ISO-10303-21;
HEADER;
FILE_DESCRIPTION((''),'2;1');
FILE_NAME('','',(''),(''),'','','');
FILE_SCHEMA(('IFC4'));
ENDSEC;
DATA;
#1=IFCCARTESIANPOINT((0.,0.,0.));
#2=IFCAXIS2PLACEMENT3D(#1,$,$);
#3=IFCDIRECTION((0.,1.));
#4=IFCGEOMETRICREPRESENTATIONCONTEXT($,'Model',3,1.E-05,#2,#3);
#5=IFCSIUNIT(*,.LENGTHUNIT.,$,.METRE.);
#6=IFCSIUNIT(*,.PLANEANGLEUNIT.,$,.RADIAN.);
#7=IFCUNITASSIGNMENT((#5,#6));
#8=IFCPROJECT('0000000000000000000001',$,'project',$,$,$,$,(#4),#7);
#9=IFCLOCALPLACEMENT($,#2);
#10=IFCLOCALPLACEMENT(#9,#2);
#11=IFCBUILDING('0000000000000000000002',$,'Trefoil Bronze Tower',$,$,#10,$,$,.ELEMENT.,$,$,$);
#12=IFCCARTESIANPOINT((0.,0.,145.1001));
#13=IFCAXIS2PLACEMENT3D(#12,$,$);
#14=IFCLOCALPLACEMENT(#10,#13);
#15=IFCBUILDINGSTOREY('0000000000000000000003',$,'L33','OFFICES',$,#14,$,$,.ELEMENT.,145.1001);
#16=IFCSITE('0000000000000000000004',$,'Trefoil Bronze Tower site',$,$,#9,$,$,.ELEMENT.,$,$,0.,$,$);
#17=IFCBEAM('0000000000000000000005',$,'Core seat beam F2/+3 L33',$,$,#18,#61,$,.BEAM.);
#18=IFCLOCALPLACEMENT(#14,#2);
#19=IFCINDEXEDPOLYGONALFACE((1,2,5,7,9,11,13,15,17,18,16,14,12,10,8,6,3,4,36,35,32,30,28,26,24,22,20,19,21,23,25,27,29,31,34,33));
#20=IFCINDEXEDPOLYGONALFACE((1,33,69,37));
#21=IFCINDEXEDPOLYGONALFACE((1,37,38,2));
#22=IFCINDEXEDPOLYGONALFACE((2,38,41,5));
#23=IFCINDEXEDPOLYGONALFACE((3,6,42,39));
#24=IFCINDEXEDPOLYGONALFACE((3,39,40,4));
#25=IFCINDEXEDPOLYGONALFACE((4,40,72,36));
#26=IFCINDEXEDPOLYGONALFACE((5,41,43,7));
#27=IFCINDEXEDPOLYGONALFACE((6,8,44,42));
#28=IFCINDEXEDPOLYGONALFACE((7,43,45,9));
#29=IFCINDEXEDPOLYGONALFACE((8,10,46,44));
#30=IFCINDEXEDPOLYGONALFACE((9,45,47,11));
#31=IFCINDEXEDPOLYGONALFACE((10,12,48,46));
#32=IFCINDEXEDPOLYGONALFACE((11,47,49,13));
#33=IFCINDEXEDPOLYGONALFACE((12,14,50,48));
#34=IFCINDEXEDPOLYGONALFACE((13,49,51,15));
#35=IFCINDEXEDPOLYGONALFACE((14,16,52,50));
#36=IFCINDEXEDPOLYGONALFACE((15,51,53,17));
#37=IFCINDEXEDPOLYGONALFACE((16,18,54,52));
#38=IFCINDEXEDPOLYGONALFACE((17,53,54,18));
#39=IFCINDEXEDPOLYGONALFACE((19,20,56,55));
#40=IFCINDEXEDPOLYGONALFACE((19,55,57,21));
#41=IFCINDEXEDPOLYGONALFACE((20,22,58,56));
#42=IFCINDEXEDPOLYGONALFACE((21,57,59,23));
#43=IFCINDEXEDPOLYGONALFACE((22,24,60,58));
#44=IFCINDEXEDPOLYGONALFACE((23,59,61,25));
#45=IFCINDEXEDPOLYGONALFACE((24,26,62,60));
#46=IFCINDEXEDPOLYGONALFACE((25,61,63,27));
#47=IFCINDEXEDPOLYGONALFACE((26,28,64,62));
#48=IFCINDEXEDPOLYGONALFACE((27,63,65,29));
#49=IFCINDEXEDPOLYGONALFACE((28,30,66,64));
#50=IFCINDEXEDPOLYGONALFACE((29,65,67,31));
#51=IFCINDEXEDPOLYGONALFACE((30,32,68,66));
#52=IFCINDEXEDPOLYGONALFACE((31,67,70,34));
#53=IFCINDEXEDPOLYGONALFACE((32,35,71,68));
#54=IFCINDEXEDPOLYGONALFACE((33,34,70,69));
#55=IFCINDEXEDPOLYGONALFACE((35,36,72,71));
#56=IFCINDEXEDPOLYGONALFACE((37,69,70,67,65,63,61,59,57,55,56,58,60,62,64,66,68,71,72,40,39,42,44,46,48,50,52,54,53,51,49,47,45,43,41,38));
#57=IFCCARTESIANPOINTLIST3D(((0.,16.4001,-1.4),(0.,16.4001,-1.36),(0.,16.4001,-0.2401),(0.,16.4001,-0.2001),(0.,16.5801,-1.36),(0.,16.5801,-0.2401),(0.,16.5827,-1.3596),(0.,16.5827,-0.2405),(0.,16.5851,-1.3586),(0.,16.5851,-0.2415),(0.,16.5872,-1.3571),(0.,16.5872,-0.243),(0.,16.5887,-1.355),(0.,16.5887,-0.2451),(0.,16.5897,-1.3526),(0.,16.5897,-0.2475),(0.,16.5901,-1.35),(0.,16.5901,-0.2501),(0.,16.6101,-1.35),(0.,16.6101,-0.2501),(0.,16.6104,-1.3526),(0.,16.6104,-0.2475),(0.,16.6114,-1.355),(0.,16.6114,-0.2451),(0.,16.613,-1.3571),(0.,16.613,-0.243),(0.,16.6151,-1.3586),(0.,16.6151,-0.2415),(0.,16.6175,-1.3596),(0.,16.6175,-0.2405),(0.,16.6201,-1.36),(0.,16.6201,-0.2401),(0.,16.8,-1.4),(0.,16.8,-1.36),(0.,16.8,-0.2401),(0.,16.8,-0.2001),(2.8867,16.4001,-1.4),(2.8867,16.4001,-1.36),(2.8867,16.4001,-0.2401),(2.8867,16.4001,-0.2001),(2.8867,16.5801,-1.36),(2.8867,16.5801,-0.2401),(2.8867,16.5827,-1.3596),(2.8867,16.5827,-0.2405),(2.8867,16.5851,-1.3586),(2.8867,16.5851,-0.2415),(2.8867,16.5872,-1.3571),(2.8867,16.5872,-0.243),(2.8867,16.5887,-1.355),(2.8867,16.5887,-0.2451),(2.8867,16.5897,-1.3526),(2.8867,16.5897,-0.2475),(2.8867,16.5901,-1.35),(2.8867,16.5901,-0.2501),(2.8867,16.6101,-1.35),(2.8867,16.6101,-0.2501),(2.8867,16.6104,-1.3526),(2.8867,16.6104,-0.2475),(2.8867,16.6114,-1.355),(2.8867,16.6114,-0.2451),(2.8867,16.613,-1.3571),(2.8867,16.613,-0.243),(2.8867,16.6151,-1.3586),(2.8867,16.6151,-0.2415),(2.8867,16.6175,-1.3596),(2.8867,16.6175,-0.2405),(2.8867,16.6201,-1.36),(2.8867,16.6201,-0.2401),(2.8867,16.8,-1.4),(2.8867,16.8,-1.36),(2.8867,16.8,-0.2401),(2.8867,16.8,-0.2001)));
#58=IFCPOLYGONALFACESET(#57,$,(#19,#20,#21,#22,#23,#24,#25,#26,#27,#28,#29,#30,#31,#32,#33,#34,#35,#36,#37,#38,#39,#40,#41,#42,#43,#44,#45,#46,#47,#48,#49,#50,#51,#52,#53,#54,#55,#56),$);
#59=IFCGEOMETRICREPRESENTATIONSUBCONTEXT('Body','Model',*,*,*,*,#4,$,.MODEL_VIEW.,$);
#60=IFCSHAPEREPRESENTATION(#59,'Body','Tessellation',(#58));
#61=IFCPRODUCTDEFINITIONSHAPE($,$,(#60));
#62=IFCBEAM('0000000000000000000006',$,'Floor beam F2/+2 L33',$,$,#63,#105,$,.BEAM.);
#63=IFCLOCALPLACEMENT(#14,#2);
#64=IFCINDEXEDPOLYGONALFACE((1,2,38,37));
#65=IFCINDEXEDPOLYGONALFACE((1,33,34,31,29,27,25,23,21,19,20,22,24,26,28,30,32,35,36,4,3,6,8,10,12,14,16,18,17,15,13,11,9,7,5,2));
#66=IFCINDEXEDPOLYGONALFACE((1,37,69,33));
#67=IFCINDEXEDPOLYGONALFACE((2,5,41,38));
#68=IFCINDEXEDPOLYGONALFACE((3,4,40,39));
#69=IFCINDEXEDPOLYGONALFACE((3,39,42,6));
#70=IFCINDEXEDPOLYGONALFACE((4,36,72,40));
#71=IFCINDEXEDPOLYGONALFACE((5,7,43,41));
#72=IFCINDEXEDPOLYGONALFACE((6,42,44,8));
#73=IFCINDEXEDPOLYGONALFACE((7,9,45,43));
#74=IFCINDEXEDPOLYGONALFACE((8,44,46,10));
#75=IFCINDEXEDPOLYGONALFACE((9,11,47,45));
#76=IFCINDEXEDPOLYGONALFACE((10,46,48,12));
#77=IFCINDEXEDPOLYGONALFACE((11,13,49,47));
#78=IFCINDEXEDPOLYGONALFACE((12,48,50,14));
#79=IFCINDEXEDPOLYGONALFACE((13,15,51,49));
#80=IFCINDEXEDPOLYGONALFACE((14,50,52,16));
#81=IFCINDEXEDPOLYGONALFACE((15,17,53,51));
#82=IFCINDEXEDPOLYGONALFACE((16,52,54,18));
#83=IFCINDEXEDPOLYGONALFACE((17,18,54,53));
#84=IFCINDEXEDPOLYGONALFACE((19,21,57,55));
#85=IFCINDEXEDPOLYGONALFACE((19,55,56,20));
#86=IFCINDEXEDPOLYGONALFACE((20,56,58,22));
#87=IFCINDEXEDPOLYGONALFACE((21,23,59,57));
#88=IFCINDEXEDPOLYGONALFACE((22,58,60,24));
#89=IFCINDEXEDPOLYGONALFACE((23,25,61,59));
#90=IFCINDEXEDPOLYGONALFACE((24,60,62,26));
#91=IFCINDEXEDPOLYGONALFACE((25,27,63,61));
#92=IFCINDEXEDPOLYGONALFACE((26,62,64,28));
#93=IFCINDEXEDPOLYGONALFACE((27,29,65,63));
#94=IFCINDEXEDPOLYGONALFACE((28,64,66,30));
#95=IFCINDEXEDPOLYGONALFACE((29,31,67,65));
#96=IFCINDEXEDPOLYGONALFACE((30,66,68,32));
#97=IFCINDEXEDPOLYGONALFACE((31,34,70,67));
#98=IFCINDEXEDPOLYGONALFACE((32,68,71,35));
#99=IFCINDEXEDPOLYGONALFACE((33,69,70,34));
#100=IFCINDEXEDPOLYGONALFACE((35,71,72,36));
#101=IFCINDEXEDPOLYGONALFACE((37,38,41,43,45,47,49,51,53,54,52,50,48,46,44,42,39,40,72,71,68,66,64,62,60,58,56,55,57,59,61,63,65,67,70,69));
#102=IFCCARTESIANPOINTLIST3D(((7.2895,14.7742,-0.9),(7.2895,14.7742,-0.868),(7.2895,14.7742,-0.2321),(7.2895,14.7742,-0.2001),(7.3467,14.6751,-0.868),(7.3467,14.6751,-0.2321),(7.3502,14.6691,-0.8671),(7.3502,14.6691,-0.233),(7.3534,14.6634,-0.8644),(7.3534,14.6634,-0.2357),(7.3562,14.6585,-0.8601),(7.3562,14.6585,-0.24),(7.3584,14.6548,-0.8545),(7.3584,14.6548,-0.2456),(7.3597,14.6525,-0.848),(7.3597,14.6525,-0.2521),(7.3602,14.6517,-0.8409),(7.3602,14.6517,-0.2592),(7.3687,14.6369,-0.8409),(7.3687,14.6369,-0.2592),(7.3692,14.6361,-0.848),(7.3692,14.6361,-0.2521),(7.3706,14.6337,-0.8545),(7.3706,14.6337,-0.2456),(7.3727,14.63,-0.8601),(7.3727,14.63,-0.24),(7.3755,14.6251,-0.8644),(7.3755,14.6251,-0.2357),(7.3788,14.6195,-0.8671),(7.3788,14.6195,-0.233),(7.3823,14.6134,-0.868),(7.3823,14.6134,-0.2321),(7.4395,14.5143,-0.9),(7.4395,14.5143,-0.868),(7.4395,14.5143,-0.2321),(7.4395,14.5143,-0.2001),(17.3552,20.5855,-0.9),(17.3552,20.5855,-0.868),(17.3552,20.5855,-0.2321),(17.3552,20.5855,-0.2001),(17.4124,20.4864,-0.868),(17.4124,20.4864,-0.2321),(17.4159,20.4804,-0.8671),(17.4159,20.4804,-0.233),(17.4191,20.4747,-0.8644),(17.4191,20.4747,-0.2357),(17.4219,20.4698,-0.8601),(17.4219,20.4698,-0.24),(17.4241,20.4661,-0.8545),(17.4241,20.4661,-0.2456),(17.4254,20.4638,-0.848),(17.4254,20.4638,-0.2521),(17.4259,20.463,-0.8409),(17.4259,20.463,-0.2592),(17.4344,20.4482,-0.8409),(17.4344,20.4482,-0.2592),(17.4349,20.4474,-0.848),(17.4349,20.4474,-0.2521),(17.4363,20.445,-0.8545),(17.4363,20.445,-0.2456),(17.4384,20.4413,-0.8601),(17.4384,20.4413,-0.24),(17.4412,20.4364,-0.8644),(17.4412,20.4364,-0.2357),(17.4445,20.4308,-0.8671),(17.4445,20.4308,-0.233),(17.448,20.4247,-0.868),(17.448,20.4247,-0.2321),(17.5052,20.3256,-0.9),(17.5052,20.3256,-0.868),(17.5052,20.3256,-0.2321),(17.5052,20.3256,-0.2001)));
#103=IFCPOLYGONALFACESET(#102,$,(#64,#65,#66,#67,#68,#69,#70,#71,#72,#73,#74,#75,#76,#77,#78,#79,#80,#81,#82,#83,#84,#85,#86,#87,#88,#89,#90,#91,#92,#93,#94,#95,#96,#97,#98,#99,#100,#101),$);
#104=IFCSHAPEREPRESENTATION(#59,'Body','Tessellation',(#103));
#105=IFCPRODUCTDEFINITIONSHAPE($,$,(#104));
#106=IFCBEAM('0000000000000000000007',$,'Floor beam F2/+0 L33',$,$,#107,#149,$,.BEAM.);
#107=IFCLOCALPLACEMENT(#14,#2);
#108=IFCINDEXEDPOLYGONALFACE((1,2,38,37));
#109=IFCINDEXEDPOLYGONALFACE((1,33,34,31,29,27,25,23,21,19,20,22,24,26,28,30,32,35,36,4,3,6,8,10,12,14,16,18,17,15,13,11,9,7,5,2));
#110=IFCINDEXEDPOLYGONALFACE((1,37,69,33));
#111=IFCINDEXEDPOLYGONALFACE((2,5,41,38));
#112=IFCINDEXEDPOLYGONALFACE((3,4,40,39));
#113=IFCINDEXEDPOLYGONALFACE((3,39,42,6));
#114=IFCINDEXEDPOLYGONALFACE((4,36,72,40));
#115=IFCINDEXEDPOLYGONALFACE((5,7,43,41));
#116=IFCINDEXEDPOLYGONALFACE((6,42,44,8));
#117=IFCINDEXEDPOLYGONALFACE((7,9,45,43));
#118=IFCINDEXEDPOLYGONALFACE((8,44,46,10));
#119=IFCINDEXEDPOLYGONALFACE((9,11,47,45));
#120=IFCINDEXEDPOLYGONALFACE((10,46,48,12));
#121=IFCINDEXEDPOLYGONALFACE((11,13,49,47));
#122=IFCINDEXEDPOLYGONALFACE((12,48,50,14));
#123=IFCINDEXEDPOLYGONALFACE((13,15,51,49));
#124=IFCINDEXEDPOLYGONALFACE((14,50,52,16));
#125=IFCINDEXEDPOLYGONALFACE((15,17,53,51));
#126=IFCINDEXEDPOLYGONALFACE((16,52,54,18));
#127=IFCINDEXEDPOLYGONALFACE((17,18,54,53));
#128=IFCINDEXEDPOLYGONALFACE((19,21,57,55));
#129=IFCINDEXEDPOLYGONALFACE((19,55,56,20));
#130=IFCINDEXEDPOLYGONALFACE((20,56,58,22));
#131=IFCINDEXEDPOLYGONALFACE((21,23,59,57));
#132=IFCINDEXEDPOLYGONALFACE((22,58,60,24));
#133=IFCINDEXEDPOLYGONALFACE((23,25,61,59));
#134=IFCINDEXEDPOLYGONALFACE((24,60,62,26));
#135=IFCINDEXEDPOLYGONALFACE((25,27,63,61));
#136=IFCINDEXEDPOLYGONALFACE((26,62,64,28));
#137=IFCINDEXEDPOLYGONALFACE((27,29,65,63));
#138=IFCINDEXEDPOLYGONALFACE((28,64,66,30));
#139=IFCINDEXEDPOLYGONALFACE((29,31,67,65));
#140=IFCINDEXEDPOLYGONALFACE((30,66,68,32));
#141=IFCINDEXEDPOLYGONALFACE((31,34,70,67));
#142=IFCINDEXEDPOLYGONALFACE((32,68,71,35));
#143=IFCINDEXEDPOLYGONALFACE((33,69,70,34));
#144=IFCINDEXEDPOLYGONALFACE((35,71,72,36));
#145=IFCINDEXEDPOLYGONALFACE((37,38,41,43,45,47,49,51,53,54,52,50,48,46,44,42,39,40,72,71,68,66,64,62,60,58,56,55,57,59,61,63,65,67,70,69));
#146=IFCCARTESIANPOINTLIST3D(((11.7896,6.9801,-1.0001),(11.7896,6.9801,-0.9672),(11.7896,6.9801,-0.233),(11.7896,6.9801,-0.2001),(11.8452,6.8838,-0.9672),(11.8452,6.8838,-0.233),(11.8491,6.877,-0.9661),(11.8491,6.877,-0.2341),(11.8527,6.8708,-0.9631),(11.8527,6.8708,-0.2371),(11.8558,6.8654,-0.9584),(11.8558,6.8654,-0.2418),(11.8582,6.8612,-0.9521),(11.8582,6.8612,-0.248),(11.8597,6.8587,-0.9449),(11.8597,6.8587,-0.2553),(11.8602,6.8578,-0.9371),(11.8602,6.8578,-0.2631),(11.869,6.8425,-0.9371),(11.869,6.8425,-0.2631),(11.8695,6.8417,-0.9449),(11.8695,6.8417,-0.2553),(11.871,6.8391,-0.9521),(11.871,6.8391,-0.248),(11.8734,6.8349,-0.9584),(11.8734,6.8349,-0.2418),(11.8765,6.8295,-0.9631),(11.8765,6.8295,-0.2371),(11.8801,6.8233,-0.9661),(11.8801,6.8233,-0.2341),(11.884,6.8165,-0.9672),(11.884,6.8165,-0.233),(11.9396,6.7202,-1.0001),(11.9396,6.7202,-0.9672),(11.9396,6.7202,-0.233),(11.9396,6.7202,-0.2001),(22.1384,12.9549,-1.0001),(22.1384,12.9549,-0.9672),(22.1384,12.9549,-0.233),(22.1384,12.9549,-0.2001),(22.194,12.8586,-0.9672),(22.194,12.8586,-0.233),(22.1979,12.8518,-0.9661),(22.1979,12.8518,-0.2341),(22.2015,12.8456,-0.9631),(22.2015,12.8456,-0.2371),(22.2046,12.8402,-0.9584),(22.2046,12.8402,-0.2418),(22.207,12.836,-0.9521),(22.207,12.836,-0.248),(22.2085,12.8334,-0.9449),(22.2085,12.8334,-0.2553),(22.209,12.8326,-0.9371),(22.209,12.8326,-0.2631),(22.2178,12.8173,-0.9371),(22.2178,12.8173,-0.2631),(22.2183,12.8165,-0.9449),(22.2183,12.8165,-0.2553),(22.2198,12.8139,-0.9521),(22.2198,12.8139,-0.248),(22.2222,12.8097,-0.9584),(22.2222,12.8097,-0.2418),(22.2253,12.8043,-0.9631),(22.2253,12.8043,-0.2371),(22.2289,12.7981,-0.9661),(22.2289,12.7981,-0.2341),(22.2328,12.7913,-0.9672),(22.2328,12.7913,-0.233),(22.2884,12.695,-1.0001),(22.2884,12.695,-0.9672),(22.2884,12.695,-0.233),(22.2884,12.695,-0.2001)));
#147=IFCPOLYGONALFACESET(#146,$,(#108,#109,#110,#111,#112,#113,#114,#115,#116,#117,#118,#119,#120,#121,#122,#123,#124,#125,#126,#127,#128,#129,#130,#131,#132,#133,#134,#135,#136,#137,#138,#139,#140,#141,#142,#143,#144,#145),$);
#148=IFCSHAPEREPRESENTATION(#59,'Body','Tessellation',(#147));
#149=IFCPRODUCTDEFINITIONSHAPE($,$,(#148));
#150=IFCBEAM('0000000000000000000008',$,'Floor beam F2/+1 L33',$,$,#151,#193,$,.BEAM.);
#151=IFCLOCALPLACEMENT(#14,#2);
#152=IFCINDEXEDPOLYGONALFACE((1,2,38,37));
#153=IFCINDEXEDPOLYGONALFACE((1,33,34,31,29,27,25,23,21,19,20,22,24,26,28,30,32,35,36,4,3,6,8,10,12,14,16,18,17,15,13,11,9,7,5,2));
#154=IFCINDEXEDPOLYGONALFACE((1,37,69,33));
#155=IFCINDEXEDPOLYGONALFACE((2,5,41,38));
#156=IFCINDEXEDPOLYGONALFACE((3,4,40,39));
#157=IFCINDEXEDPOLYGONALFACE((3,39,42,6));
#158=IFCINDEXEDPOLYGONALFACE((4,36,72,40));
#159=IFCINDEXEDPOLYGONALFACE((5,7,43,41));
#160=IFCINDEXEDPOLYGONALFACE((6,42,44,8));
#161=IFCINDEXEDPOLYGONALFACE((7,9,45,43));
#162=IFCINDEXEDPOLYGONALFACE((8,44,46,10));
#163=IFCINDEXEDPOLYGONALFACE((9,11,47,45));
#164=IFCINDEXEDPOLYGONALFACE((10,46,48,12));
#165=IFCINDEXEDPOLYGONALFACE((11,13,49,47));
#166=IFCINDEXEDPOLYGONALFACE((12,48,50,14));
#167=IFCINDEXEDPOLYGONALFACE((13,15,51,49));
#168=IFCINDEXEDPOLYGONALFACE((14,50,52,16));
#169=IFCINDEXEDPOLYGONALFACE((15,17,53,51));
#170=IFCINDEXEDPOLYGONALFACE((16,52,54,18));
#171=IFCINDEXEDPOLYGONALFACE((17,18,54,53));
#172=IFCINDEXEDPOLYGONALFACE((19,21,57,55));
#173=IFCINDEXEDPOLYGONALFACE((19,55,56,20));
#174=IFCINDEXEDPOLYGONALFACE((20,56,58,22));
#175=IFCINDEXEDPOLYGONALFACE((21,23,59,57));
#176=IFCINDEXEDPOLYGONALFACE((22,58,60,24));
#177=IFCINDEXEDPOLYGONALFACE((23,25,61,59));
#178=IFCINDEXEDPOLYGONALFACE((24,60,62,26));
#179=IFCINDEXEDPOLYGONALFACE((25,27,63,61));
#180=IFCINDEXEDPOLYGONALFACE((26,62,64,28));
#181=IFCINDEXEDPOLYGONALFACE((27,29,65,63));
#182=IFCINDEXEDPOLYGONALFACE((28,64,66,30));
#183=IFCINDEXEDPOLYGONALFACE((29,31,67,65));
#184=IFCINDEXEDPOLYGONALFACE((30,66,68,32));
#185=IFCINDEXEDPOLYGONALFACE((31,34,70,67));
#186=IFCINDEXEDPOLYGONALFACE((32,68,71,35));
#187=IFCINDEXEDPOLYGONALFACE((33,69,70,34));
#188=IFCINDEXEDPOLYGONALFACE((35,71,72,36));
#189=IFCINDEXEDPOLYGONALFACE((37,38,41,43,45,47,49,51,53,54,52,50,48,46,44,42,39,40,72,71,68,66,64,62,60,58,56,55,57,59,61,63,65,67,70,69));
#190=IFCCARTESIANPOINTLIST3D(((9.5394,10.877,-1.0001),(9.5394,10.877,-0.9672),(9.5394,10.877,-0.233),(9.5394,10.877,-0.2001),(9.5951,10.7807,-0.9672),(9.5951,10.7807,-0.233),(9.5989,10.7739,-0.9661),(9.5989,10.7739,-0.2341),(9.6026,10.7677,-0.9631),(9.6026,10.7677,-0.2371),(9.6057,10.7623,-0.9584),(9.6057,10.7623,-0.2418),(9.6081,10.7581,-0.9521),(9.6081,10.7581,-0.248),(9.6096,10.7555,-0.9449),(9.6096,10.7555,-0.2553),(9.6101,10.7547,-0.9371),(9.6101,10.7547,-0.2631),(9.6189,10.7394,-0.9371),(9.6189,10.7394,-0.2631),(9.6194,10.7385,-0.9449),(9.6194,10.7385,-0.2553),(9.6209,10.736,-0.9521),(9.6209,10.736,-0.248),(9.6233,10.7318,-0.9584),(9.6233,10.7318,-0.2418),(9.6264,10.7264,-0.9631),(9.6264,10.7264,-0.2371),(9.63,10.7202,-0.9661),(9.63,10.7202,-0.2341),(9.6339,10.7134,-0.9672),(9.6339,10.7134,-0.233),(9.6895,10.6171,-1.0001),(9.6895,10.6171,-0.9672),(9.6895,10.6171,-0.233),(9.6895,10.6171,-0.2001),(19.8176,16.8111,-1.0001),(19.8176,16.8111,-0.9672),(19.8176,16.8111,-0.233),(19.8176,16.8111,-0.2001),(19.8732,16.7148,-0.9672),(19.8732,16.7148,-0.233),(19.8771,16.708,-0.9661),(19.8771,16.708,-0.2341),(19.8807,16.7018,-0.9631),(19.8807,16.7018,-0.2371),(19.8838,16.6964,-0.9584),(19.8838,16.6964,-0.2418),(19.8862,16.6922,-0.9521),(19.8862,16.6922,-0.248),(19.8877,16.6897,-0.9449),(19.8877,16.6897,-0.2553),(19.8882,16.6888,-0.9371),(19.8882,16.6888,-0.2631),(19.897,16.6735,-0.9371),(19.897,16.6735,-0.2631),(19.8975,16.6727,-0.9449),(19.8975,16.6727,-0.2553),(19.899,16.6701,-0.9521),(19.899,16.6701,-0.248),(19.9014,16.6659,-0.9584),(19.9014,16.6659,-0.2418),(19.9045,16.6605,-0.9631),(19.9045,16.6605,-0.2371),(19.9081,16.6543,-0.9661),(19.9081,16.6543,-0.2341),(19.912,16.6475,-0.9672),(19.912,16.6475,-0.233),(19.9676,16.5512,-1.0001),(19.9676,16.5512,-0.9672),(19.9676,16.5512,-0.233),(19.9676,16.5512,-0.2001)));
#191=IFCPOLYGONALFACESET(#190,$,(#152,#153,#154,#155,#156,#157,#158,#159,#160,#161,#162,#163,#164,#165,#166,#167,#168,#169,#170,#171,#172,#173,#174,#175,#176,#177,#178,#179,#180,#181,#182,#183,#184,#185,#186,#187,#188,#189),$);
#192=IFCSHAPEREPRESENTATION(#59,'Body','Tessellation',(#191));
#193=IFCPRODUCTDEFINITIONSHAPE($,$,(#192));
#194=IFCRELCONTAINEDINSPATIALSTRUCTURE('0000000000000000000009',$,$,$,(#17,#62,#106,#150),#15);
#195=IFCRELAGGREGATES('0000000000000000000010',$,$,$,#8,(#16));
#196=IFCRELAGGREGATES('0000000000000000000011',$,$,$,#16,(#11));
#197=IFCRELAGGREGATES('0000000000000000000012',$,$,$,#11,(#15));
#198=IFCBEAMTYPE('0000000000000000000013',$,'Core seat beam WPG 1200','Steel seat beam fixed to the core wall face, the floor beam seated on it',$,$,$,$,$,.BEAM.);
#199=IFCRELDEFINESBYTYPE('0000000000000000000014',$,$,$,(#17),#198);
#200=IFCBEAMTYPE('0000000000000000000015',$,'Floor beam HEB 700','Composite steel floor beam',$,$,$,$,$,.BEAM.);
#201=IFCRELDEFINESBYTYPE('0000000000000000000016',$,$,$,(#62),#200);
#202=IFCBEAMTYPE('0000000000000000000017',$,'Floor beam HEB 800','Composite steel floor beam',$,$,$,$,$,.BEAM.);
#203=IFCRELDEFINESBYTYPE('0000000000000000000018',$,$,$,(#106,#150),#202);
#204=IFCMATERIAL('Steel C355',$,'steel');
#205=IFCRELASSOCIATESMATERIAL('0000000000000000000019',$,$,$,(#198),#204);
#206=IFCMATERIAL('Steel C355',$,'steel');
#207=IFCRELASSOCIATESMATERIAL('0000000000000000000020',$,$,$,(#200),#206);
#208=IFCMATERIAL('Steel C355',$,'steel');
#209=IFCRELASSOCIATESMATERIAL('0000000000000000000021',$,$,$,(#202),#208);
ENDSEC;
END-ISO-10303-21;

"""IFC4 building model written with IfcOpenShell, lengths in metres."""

from ifc_helpers import new_model, si_unit, direction, frame, origin, origin_2d, place, context, subcontext, project, spatial, i_section, extrude, material, material_profile, profile_set, type_object, element, save


model = new_model("IFC4")

# Units and contexts
model_context = context("Model", 3, precision=1e-05, world=origin(), true_north=direction((0.0, 1.0)))
body_context = subcontext(model_context, "Body", "Model", "MODEL_VIEW")
ifc_project = project(units=[si_unit("LENGTHUNIT", "METRE"), si_unit("PLANEANGLEUNIT", "RADIAN")], contexts=[model_context])

# Site, building, storey
site_placement = place(None, origin())
site = spatial("IfcSite", under=ifc_project, at=site_placement, Name="Trefoil Bronze Tower site", CompositionType="ELEMENT", RefElevation=0.0)
building_placement = place(site_placement, origin())
building = spatial("IfcBuilding", under=site, at=building_placement, Name="Trefoil Bronze Tower", CompositionType="ELEMENT")
storey_placement = place(building_placement, frame((0.0, 0.0, 145.1001)))
storey = spatial("IfcBuildingStorey", under=building, at=storey_placement, Name="L33", Description="OFFICES", CompositionType="ELEMENT", Elevation=145.1001)

# Beams
ifc_material_1 = material(Name="Steel C355", Category="steel")
ifc_material_profile_1 = material_profile(ifc_material_1, i_section(OverallWidth=0.3999, OverallDepth=1.2, WebThickness=0.02, FlangeThickness=0.04, FilletRadius=0.01, at=origin_2d()), Name="WPG 1200")
ifc_profile_set_1 = profile_set([ifc_material_profile_1], Name="Steel C355")
beam_type_1 = type_object("IfcBeamType", Name="Core seat beam WPG 1200", Description="Steel seat beam fixed to the core wall face, the floor beam seated on it", PredefinedType="BEAM", material=ifc_profile_set_1)
beam_1_placement = place(storey_placement, frame((2.8867, 16.6001, -0.8), z_axis=(-1.0, 0.0, 0.0), x_axis=(0.0, -1.0, 0.0)))
element("IfcBeam", 1, at=beam_1_placement, inside=storey, type_object=beam_type_1, Name="Core seat beam F2/+3 L33", PredefinedType="BEAM", context=body_context, shape_type="SweptSolid", body=[
    extrude(i_section(OverallWidth=0.3999, OverallDepth=1.2, WebThickness=0.02, FlangeThickness=0.04, FilletRadius=0.01, at=origin_2d()), origin(), (0.0, 0.0, 1.0), 2.8867),
])
ifc_material_2 = material(Name="Steel C355", Category="steel")
ifc_material_profile_2 = material_profile(ifc_material_2, i_section(OverallWidth=0.3, OverallDepth=0.7, WebThickness=0.0171, FlangeThickness=0.032, FilletRadius=0.0271, at=origin_2d()), Name="HEB 700")
ifc_profile_set_2 = profile_set([ifc_material_profile_2], Name="Steel C355")
beam_type_2 = type_object("IfcBeamType", Name="Floor beam HEB 700", Description="Composite steel floor beam", PredefinedType="BEAM", material=ifc_profile_set_2)
beam_2_placement = place(storey_placement, frame((17.4302, 20.4556, -0.55), z_axis=(-0.866031, -0.499991, 0.0), x_axis=(0.499991, -0.866031, 0.0)))
element("IfcBeam", 2, at=beam_2_placement, inside=storey, type_object=beam_type_2, Name="Floor beam F2/+2 L33", PredefinedType="BEAM", context=body_context, shape_type="SweptSolid", body=[
    extrude(i_section(OverallWidth=0.3, OverallDepth=0.7, WebThickness=0.0171, FlangeThickness=0.032, FilletRadius=0.0271, at=origin_2d()), origin(), (0.0, 0.0, 1.0), 11.6228),
])
ifc_material_3 = material(Name="Steel C355", Category="steel")
ifc_material_profile_3 = material_profile(ifc_material_3, i_section(OverallWidth=0.3, OverallDepth=0.8, WebThickness=0.0176, FlangeThickness=0.033, FilletRadius=0.03, at=origin_2d()), Name="HEB 800")
ifc_profile_set_3 = profile_set([ifc_material_profile_3], Name="Steel C355")
beam_type_3 = type_object("IfcBeamType", Name="Floor beam HEB 800", Description="Composite steel floor beam", PredefinedType="BEAM", material=ifc_profile_set_3)
beam_3_placement = place(storey_placement, frame((22.2134, 12.825, -0.6001), z_axis=(-0.866028, -0.499995, 0.0), x_axis=(0.499995, -0.866028, 0.0)))
element("IfcBeam", 3, at=beam_3_placement, inside=storey, type_object=beam_type_3, Name="Floor beam F2/+0 L33", PredefinedType="BEAM", context=body_context, shape_type="SweptSolid", body=[
    extrude(i_section(OverallWidth=0.3, OverallDepth=0.8, WebThickness=0.0176, FlangeThickness=0.033, FilletRadius=0.03, at=origin_2d()), origin(), (0.0, 0.0, 1.0), 11.9497),
])
beam_4_placement = place(storey_placement, frame((19.8926, 16.6812, -0.6001), z_axis=(-0.866024, -0.500002, 0.0), x_axis=(0.500002, -0.866024, 0.0)))
element("IfcBeam", 4, at=beam_4_placement, inside=storey, type_object=beam_type_3, Name="Floor beam F2/+1 L33", PredefinedType="BEAM", context=body_context, shape_type="SweptSolid", body=[
    extrude(i_section(OverallWidth=0.3, OverallDepth=0.8, WebThickness=0.0176, FlangeThickness=0.033, FilletRadius=0.03, at=origin_2d()), origin(), (0.0, 0.0, 1.0), 11.8682),
])

save(model, "model.ifc")
